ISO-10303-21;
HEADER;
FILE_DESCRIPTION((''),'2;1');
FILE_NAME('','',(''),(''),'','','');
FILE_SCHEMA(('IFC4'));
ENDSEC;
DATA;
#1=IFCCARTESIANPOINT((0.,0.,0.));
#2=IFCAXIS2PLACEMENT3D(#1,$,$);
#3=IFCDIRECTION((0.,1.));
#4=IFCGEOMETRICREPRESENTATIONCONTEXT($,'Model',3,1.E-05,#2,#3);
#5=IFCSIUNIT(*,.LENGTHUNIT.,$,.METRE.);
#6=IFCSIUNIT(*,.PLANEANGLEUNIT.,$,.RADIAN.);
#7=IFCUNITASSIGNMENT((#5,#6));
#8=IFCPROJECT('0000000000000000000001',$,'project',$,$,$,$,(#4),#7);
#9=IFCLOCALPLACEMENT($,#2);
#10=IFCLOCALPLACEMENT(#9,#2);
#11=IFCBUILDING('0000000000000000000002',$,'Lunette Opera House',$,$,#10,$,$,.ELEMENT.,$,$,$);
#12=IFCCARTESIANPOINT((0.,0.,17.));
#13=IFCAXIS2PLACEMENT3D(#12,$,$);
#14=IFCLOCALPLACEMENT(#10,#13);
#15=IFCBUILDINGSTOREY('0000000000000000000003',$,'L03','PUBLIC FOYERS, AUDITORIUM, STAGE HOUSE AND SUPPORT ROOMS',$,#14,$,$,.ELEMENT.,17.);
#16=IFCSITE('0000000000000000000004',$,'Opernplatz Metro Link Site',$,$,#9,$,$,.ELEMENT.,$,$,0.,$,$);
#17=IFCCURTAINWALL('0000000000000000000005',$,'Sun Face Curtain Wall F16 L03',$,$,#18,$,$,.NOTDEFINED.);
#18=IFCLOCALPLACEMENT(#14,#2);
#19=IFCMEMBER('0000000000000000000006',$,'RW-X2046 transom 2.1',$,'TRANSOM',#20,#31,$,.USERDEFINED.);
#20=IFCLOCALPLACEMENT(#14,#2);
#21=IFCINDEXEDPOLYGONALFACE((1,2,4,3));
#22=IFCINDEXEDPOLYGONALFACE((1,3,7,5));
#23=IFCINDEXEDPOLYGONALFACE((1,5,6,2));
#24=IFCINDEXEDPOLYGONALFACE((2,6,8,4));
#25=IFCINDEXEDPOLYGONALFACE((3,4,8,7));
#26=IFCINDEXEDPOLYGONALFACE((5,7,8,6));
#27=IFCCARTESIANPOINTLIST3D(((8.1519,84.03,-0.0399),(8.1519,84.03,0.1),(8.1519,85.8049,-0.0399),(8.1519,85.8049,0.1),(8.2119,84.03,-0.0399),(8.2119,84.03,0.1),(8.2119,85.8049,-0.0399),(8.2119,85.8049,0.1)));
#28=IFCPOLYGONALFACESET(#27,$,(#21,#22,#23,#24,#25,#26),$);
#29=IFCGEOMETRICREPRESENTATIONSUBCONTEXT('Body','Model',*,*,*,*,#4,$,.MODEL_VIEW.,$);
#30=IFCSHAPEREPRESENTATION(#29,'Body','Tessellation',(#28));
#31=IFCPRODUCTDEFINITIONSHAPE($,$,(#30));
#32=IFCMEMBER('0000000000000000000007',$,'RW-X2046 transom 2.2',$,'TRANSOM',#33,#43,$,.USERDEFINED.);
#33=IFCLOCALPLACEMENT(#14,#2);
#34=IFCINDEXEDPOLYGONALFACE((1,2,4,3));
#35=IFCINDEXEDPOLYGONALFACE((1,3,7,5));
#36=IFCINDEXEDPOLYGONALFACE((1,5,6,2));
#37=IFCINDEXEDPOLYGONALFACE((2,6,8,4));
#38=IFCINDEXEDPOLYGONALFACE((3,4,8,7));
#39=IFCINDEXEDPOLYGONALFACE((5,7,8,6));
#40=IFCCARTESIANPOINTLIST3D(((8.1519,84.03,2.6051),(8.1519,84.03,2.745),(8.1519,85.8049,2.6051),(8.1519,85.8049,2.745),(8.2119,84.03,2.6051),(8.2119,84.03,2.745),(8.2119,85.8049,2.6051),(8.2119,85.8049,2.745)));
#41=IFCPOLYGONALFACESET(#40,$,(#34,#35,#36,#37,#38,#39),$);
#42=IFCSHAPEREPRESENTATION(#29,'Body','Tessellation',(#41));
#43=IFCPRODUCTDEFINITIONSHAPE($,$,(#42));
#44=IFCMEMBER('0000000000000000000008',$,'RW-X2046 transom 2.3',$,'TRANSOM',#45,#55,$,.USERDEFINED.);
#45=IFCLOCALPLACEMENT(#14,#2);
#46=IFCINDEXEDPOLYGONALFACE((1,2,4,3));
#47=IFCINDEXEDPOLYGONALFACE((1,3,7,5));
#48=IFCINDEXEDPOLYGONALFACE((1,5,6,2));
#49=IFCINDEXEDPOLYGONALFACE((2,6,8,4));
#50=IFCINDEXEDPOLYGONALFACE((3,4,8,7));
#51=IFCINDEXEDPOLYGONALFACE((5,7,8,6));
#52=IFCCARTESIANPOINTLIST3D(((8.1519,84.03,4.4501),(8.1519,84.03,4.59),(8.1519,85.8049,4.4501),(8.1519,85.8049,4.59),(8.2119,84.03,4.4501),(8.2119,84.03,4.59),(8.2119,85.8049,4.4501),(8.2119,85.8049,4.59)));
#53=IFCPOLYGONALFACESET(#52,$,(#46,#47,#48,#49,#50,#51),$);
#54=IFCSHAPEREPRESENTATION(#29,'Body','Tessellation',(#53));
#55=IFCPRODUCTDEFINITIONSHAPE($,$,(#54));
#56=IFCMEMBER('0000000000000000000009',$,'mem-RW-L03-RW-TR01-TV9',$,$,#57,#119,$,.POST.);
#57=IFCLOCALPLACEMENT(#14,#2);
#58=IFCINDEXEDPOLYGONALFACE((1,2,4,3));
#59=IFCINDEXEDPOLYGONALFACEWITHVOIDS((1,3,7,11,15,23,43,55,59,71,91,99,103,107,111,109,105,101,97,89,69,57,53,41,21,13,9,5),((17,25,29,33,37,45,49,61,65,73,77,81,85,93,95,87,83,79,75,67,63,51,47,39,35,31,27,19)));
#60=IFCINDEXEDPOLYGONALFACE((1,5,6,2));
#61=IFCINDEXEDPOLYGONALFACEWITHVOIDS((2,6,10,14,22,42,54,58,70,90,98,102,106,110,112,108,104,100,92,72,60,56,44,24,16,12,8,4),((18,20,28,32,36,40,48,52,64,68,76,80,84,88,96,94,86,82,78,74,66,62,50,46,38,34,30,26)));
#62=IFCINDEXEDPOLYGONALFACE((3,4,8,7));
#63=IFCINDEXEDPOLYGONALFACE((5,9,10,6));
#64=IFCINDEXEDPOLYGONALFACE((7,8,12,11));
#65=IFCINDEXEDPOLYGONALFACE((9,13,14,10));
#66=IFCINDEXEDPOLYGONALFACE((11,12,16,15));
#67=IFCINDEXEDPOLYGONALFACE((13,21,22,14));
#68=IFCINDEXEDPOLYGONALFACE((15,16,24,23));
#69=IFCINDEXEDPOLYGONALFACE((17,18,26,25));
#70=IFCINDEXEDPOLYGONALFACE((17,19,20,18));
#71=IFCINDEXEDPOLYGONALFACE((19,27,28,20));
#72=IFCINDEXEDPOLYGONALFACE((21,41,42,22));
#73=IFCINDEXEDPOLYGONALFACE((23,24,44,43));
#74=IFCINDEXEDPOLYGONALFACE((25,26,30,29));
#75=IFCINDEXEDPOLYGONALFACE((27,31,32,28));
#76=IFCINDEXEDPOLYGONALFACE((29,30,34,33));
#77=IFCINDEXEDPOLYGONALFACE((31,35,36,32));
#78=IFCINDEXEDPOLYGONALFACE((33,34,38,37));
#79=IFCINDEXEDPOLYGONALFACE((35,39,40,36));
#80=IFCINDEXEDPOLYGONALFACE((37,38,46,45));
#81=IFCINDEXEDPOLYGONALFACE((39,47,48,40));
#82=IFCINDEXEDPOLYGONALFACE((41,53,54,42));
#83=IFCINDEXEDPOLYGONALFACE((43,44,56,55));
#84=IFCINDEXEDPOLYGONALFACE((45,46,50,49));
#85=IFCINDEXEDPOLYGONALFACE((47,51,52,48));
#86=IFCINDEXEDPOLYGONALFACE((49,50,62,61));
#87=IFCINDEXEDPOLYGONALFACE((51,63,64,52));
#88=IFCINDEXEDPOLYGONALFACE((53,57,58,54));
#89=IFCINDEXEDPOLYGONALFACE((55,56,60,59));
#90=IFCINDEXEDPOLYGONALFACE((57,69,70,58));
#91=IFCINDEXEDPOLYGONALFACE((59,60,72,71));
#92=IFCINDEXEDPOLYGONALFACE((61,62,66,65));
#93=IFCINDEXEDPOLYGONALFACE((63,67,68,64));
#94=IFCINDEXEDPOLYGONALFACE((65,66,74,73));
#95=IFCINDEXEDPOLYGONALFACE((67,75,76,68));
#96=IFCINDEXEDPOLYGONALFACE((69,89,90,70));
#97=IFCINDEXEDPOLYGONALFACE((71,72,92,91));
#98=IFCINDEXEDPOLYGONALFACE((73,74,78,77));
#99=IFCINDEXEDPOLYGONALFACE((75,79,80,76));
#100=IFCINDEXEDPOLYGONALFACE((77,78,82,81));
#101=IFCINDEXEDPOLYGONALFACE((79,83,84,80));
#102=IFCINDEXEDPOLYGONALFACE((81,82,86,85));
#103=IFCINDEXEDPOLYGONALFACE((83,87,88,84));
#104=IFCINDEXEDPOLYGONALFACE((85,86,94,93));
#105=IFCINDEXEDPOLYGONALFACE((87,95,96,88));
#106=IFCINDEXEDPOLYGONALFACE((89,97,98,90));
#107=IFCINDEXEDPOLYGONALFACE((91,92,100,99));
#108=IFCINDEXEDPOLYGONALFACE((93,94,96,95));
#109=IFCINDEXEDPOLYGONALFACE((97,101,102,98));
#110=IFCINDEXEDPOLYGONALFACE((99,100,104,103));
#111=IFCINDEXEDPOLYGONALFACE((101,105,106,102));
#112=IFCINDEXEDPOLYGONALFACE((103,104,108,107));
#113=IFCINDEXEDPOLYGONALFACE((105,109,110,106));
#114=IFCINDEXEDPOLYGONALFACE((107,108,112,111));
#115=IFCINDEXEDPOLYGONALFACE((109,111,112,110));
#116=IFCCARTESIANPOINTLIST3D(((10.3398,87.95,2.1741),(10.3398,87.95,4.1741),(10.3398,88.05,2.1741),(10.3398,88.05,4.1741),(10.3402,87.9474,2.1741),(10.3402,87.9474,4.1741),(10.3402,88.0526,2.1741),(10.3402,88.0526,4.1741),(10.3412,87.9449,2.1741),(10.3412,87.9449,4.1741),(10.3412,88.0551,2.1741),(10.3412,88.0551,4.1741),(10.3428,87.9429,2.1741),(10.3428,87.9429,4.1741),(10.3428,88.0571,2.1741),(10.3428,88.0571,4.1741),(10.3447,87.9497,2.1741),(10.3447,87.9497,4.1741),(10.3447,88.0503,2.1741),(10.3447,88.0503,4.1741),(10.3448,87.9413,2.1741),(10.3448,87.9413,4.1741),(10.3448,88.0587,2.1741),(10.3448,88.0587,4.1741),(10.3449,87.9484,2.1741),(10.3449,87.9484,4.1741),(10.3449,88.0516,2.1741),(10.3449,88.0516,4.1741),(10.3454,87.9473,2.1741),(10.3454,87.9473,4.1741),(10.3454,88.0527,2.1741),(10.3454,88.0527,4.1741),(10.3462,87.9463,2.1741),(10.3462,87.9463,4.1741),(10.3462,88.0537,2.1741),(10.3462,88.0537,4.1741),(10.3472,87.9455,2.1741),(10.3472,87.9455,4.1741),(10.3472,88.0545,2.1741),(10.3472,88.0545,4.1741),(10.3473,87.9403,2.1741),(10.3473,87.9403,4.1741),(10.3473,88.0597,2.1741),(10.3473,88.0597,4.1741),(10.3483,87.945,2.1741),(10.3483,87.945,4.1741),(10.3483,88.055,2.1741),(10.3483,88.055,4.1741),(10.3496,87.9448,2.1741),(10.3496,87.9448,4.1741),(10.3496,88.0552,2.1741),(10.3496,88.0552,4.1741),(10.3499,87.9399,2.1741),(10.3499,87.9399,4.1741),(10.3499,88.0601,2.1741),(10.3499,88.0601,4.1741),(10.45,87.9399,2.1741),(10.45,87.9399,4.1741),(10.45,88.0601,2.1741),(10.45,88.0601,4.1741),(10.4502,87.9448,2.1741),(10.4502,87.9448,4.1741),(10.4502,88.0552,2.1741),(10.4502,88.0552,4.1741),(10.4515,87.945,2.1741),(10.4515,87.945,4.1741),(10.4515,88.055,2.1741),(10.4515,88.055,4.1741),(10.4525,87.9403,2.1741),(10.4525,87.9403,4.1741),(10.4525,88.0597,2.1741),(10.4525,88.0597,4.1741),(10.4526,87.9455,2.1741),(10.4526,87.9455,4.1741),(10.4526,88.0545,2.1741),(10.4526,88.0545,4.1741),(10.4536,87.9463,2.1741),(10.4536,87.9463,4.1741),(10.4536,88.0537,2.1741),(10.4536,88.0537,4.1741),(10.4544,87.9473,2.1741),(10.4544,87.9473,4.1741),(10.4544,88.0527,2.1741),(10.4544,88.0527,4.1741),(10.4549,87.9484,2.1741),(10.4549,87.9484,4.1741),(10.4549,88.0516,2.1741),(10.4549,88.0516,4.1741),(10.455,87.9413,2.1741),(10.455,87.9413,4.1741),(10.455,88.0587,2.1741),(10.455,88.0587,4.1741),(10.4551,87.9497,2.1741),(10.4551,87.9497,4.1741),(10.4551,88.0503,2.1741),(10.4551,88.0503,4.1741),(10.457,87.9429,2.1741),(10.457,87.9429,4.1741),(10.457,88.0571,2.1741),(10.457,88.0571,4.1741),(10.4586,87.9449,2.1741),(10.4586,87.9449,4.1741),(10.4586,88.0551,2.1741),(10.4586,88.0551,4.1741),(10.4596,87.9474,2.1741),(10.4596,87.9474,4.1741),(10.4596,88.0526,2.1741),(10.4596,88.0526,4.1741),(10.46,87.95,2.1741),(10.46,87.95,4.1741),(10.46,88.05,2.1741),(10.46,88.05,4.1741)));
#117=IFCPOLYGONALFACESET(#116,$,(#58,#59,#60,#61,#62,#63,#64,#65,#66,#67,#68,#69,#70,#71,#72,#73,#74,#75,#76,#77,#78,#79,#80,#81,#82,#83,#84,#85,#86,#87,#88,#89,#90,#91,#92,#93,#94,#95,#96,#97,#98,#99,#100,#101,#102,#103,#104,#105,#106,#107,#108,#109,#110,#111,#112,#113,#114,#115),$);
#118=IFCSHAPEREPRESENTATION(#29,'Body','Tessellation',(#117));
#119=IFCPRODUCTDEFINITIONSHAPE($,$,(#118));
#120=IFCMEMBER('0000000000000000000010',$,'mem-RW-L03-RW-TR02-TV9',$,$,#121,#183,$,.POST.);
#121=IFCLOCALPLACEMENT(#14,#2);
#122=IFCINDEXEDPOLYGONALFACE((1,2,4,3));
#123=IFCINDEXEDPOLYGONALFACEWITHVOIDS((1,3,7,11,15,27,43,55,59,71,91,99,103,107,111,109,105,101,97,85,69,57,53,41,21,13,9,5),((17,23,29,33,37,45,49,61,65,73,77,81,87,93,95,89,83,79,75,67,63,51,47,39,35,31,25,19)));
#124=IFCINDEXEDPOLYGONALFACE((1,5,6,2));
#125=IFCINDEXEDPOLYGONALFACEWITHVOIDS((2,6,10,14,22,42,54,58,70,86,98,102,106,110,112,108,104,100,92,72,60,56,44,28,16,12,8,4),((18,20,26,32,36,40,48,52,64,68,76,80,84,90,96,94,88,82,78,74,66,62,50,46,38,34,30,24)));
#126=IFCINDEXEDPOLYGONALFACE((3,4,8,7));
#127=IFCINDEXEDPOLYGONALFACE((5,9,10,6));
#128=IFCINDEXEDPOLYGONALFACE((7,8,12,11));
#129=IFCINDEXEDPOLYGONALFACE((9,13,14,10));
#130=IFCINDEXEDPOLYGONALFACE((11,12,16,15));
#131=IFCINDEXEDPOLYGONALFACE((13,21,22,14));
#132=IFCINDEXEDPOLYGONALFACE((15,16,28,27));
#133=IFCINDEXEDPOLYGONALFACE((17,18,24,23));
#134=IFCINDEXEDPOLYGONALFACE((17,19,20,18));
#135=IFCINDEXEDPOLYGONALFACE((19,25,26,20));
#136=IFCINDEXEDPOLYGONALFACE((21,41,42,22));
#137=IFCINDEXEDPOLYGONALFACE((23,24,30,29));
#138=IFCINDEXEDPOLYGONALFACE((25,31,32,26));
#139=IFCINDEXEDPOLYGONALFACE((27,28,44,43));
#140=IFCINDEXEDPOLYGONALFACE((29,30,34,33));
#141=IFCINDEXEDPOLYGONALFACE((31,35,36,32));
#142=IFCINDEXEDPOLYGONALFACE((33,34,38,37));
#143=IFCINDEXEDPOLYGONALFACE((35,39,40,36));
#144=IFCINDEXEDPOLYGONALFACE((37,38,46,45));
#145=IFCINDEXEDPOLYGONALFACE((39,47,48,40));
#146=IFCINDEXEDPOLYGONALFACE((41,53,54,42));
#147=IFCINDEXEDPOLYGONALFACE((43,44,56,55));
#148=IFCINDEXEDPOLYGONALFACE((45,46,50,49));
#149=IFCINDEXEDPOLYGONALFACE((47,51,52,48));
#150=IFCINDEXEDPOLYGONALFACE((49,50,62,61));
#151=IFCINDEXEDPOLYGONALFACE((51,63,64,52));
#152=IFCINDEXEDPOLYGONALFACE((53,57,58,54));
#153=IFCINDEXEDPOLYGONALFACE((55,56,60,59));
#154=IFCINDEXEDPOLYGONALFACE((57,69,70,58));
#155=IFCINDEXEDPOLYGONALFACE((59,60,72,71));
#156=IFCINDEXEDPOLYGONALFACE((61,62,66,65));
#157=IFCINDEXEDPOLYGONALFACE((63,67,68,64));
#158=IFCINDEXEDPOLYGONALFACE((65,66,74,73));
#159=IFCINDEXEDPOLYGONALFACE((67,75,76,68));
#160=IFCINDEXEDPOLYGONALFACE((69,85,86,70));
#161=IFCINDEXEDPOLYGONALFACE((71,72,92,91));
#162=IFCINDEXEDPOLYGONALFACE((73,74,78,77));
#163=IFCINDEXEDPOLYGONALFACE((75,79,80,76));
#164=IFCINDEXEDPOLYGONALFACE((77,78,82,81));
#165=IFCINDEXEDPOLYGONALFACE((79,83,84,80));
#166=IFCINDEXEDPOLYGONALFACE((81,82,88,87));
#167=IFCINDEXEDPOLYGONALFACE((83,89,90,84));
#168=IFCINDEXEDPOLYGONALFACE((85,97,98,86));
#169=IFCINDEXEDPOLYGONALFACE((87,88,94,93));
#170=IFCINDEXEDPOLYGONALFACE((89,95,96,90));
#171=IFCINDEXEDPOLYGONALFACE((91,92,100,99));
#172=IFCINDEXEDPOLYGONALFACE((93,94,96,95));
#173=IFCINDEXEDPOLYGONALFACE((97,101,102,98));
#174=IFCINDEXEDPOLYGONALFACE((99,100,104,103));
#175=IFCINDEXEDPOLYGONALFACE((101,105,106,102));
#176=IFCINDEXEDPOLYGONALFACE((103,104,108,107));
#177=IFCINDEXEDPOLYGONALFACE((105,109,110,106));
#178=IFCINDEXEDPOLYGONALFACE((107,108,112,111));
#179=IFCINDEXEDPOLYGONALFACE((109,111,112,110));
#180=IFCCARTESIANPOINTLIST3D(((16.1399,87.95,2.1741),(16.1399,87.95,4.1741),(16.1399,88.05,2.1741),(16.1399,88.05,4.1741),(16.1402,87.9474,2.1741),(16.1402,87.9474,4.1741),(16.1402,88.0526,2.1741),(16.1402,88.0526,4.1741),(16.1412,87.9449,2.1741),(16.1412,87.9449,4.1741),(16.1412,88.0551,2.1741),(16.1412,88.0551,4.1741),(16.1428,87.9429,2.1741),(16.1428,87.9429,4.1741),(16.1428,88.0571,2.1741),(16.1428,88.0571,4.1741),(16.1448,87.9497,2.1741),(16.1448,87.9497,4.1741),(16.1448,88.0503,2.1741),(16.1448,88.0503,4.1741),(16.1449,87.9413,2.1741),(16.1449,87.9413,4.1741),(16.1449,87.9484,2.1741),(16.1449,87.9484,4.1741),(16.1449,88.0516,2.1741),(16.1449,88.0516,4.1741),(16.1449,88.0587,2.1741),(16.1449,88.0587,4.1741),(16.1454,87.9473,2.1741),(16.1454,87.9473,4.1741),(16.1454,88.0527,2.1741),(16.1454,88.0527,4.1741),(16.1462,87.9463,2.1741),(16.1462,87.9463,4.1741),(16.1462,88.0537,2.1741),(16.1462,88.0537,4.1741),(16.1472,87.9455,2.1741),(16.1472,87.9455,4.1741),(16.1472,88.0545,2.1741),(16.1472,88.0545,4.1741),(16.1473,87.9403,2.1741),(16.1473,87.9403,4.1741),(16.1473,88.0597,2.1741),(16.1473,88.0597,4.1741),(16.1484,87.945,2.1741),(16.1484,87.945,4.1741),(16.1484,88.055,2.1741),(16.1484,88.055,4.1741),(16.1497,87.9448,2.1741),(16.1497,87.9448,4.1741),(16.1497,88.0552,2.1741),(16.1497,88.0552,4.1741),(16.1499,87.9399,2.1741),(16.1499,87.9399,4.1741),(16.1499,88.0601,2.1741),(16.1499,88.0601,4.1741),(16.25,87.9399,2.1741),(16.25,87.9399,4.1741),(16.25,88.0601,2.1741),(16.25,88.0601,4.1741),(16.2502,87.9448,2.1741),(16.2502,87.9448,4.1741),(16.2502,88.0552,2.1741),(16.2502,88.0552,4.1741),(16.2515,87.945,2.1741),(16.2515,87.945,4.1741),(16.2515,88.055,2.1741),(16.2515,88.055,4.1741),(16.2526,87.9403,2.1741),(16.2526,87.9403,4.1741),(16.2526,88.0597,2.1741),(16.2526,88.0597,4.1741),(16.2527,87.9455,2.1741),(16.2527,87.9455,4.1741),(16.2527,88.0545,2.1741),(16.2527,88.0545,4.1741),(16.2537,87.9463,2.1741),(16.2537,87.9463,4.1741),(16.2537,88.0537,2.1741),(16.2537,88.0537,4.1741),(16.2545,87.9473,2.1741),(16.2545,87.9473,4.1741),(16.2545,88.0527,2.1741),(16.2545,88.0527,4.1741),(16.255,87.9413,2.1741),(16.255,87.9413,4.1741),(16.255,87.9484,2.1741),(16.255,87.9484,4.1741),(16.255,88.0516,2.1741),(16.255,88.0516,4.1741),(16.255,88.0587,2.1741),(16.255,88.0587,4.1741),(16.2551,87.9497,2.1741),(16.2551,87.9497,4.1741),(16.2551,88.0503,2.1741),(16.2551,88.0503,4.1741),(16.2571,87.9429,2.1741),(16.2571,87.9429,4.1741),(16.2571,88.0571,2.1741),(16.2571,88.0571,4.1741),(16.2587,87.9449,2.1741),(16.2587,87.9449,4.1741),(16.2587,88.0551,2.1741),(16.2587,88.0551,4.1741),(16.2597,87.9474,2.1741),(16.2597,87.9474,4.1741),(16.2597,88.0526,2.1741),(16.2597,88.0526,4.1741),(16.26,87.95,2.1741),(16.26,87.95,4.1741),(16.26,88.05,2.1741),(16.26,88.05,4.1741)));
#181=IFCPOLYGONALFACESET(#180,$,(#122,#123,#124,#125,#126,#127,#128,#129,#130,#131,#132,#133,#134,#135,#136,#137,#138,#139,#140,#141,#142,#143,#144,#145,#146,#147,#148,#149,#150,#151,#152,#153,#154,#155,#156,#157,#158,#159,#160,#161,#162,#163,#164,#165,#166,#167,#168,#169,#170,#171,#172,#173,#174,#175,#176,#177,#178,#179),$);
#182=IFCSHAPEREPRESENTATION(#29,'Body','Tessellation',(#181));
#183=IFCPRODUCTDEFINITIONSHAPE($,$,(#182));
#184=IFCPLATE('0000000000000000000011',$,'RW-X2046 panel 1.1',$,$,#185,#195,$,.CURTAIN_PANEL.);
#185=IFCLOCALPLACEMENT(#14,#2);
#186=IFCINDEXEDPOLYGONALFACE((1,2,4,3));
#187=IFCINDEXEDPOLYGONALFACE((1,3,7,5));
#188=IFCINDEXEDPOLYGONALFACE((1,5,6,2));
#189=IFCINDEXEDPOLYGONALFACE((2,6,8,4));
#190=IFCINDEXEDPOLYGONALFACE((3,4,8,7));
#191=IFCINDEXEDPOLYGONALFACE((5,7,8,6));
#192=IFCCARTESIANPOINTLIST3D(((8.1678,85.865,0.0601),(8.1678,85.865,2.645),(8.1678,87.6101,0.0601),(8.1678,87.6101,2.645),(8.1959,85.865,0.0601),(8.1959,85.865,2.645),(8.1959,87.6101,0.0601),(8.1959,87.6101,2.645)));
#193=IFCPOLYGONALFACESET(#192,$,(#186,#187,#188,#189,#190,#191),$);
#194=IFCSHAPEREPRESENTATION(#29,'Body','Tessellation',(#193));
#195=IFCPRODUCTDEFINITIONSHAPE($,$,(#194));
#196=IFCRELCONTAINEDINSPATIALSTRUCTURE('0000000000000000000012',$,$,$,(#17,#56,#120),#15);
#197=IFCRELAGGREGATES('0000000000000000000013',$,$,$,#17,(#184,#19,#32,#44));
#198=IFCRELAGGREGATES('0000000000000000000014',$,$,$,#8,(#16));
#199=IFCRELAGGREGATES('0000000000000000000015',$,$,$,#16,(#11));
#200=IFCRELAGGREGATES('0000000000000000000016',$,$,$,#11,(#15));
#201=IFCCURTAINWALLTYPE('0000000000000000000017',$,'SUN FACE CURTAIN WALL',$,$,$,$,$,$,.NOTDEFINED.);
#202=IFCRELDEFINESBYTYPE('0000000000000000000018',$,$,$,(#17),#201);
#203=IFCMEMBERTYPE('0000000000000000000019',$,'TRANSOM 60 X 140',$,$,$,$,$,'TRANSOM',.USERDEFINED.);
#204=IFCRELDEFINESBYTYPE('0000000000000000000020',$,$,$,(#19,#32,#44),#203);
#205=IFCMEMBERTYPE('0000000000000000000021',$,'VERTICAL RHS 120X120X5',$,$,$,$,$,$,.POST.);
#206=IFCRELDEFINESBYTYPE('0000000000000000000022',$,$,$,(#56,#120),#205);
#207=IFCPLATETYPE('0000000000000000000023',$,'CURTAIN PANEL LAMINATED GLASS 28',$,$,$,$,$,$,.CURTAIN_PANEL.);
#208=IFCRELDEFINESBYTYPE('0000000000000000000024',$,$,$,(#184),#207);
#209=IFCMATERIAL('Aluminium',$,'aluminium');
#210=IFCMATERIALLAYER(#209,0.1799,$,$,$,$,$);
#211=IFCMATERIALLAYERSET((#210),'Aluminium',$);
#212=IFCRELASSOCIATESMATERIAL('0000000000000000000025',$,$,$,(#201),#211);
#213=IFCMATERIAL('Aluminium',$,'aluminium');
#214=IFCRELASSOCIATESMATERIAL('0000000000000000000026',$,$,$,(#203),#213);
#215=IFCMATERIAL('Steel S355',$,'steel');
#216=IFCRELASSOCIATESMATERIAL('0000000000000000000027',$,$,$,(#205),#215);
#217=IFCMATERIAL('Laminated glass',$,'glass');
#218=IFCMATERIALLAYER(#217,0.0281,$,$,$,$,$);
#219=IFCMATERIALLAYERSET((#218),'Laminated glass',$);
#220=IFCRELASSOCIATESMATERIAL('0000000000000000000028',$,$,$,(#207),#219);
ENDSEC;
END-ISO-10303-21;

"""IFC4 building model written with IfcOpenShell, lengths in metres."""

from ifc_helpers import new_model, si_unit, direction, frame, origin, origin_2d, place, context, subcontext, project, spatial, rectangle, hollow_rectangle, extrude, material, layer, layer_set, material_profile, profile_set, type_object, element, aggregate, save


model = new_model("IFC4")

# Units and contexts
model_context = context("Model", 3, precision=1e-05, world=origin(), true_north=direction((0.0, 1.0)))
body_context = subcontext(model_context, "Body", "Model", "MODEL_VIEW")
ifc_project = project(units=[si_unit("LENGTHUNIT", "METRE"), si_unit("PLANEANGLEUNIT", "RADIAN")], contexts=[model_context])

# Site, building, storey
site_placement = place(None, origin())
site = spatial("IfcSite", under=ifc_project, at=site_placement, Name="Opernplatz Metro Link Site", CompositionType="ELEMENT", RefElevation=0.0)
building_placement = place(site_placement, origin())
building = spatial("IfcBuilding", under=site, at=building_placement, Name="Lunette Opera House", CompositionType="ELEMENT")
storey_placement = place(building_placement, frame((0.0, 0.0, 17.0)))
storey = spatial("IfcBuildingStorey", under=building, at=storey_placement, Name="L03", Description="PUBLIC FOYERS, AUDITORIUM, STAGE HOUSE AND SUPPORT ROOMS", CompositionType="ELEMENT", Elevation=17.0)

# Shared definitions
ifc_material_1 = material(Name="Aluminium", Category="aluminium")
ifc_layer_1 = layer(ifc_material_1, 0.1799)
ifc_layer_set_1 = layer_set([ifc_layer_1], Name="Aluminium")
curtain_wall_type = type_object("IfcCurtainWallType", Name="SUN FACE CURTAIN WALL", PredefinedType="NOTDEFINED", material=ifc_layer_set_1)

# Curtain wall
curtain_wall_1_placement = place(storey_placement, origin())
curtain_wall_1 = element("IfcCurtainWall", 1, at=curtain_wall_1_placement, inside=storey, type_object=curtain_wall_type, Name="Sun Face Curtain Wall F16 L03", PredefinedType="NOTDEFINED")

# Members
ifc_material_2 = material(Name="Aluminium", Category="aluminium")
ifc_material_profile_1 = material_profile(ifc_material_2, rectangle(XDim=0.0601, YDim=0.1399, at=origin_2d()), Name="TRANSOM 60 X 140")
ifc_profile_set_1 = profile_set([ifc_material_profile_1], Name="Aluminium")
member_type_1 = type_object("IfcMemberType", Name="TRANSOM 60 X 140", ElementType="TRANSOM", PredefinedType="USERDEFINED", material=ifc_profile_set_1)
member_1_placement = place(storey_placement, frame((8.1819, 85.8049, 0.03), z_axis=(0.0, -1.0, 0.0), x_axis=(1.0, 0.0, 0.0)))
member_1 = element("IfcMember", 2, at=member_1_placement, type_object=member_type_1, Name="RW-X2046 transom 2.1", ObjectType="TRANSOM", PredefinedType="USERDEFINED", context=body_context, shape_type="SweptSolid", body=[
    extrude(rectangle(XDim=0.0601, YDim=0.1399, at=origin_2d()), origin(), (0.0, 0.0, 1.0), 1.7749),
])
member_2_placement = place(storey_placement, frame((8.1819, 85.8049, 2.675), z_axis=(0.0, -1.0, 0.0), x_axis=(1.0, 0.0, 0.0)))
member_2 = element("IfcMember", 3, at=member_2_placement, type_object=member_type_1, Name="RW-X2046 transom 2.2", ObjectType="TRANSOM", PredefinedType="USERDEFINED", context=body_context, shape_type="SweptSolid", body=[
    extrude(rectangle(XDim=0.0601, YDim=0.1399, at=origin_2d()), origin(), (0.0, 0.0, 1.0), 1.7749),
])
member_3_placement = place(storey_placement, frame((8.1819, 85.8049, 4.52), z_axis=(0.0, -1.0, 0.0), x_axis=(1.0, 0.0, 0.0)))
member_3 = element("IfcMember", 4, at=member_3_placement, type_object=member_type_1, Name="RW-X2046 transom 2.3", ObjectType="TRANSOM", PredefinedType="USERDEFINED", context=body_context, shape_type="SweptSolid", body=[
    extrude(rectangle(XDim=0.0601, YDim=0.1399, at=origin_2d()), origin(), (0.0, 0.0, 1.0), 1.7749),
])

# Members
ifc_material_3 = material(Name="Steel S355", Category="steel")
ifc_material_profile_2 = material_profile(ifc_material_3, hollow_rectangle(XDim=0.1201, YDim=0.1201, WallThickness=0.0049, InnerFilletRadius=0.0049, OuterFilletRadius=0.01, at=origin_2d()), Name="RHS 120X120X5")
ifc_profile_set_2 = profile_set([ifc_material_profile_2], Name="Steel S355")
member_type_2 = type_object("IfcMemberType", Name="VERTICAL RHS 120X120X5", PredefinedType="POST", material=ifc_profile_set_2)
for number, where, z_axis, x_axis, name in (
    (5, (10.3999, 88.0, 2.1741), (0.0, 0.0, 1.0), (1.0, 0.0, 0.0), "mem-RW-L03-RW-TR01-TV9"),
    (6, (16.2, 88.0, 2.1741), (0.0, 0.0, 1.0), (1.0, 0.0, 0.0), "mem-RW-L03-RW-TR02-TV9"),
):
    element("IfcMember", number, at=place(storey_placement, frame(where, z_axis=z_axis, x_axis=x_axis)), inside=storey, type_object=member_type_2, Name=name, PredefinedType="POST", context=body_context, shape_type="SweptSolid", body=[
        extrude(hollow_rectangle(XDim=0.1201, YDim=0.1201, WallThickness=0.0049, InnerFilletRadius=0.0049, OuterFilletRadius=0.01, at=origin_2d()), origin(), (0.0, 0.0, 1.0), 2.0),
    ])

# Plate
ifc_material_4 = material(Name="Laminated glass", Category="glass")
ifc_layer_2 = layer(ifc_material_4, 0.0281)
ifc_layer_set_2 = layer_set([ifc_layer_2], Name="Laminated glass")
plate_type = type_object("IfcPlateType", Name="CURTAIN PANEL LAMINATED GLASS 28", PredefinedType="CURTAIN_PANEL", material=ifc_layer_set_2)
plate_1_placement = place(storey_placement, frame((8.1819, 86.7375, 0.0601), z_axis=(0.0, 0.0, 1.0), x_axis=(0.0, -1.0, 0.0)))
plate_1 = element("IfcPlate", 7, at=plate_1_placement, type_object=plate_type, Name="RW-X2046 panel 1.1", PredefinedType="CURTAIN_PANEL", context=body_context, shape_type="SweptSolid", body=[
    extrude(rectangle(XDim=1.7451, YDim=0.0281, at=origin_2d()), origin(), (0.0, 0.0, 1.0), 2.585),
])
aggregate(curtain_wall_1, [plate_1, member_1, member_2, member_3])

save(model, "model.ifc")
